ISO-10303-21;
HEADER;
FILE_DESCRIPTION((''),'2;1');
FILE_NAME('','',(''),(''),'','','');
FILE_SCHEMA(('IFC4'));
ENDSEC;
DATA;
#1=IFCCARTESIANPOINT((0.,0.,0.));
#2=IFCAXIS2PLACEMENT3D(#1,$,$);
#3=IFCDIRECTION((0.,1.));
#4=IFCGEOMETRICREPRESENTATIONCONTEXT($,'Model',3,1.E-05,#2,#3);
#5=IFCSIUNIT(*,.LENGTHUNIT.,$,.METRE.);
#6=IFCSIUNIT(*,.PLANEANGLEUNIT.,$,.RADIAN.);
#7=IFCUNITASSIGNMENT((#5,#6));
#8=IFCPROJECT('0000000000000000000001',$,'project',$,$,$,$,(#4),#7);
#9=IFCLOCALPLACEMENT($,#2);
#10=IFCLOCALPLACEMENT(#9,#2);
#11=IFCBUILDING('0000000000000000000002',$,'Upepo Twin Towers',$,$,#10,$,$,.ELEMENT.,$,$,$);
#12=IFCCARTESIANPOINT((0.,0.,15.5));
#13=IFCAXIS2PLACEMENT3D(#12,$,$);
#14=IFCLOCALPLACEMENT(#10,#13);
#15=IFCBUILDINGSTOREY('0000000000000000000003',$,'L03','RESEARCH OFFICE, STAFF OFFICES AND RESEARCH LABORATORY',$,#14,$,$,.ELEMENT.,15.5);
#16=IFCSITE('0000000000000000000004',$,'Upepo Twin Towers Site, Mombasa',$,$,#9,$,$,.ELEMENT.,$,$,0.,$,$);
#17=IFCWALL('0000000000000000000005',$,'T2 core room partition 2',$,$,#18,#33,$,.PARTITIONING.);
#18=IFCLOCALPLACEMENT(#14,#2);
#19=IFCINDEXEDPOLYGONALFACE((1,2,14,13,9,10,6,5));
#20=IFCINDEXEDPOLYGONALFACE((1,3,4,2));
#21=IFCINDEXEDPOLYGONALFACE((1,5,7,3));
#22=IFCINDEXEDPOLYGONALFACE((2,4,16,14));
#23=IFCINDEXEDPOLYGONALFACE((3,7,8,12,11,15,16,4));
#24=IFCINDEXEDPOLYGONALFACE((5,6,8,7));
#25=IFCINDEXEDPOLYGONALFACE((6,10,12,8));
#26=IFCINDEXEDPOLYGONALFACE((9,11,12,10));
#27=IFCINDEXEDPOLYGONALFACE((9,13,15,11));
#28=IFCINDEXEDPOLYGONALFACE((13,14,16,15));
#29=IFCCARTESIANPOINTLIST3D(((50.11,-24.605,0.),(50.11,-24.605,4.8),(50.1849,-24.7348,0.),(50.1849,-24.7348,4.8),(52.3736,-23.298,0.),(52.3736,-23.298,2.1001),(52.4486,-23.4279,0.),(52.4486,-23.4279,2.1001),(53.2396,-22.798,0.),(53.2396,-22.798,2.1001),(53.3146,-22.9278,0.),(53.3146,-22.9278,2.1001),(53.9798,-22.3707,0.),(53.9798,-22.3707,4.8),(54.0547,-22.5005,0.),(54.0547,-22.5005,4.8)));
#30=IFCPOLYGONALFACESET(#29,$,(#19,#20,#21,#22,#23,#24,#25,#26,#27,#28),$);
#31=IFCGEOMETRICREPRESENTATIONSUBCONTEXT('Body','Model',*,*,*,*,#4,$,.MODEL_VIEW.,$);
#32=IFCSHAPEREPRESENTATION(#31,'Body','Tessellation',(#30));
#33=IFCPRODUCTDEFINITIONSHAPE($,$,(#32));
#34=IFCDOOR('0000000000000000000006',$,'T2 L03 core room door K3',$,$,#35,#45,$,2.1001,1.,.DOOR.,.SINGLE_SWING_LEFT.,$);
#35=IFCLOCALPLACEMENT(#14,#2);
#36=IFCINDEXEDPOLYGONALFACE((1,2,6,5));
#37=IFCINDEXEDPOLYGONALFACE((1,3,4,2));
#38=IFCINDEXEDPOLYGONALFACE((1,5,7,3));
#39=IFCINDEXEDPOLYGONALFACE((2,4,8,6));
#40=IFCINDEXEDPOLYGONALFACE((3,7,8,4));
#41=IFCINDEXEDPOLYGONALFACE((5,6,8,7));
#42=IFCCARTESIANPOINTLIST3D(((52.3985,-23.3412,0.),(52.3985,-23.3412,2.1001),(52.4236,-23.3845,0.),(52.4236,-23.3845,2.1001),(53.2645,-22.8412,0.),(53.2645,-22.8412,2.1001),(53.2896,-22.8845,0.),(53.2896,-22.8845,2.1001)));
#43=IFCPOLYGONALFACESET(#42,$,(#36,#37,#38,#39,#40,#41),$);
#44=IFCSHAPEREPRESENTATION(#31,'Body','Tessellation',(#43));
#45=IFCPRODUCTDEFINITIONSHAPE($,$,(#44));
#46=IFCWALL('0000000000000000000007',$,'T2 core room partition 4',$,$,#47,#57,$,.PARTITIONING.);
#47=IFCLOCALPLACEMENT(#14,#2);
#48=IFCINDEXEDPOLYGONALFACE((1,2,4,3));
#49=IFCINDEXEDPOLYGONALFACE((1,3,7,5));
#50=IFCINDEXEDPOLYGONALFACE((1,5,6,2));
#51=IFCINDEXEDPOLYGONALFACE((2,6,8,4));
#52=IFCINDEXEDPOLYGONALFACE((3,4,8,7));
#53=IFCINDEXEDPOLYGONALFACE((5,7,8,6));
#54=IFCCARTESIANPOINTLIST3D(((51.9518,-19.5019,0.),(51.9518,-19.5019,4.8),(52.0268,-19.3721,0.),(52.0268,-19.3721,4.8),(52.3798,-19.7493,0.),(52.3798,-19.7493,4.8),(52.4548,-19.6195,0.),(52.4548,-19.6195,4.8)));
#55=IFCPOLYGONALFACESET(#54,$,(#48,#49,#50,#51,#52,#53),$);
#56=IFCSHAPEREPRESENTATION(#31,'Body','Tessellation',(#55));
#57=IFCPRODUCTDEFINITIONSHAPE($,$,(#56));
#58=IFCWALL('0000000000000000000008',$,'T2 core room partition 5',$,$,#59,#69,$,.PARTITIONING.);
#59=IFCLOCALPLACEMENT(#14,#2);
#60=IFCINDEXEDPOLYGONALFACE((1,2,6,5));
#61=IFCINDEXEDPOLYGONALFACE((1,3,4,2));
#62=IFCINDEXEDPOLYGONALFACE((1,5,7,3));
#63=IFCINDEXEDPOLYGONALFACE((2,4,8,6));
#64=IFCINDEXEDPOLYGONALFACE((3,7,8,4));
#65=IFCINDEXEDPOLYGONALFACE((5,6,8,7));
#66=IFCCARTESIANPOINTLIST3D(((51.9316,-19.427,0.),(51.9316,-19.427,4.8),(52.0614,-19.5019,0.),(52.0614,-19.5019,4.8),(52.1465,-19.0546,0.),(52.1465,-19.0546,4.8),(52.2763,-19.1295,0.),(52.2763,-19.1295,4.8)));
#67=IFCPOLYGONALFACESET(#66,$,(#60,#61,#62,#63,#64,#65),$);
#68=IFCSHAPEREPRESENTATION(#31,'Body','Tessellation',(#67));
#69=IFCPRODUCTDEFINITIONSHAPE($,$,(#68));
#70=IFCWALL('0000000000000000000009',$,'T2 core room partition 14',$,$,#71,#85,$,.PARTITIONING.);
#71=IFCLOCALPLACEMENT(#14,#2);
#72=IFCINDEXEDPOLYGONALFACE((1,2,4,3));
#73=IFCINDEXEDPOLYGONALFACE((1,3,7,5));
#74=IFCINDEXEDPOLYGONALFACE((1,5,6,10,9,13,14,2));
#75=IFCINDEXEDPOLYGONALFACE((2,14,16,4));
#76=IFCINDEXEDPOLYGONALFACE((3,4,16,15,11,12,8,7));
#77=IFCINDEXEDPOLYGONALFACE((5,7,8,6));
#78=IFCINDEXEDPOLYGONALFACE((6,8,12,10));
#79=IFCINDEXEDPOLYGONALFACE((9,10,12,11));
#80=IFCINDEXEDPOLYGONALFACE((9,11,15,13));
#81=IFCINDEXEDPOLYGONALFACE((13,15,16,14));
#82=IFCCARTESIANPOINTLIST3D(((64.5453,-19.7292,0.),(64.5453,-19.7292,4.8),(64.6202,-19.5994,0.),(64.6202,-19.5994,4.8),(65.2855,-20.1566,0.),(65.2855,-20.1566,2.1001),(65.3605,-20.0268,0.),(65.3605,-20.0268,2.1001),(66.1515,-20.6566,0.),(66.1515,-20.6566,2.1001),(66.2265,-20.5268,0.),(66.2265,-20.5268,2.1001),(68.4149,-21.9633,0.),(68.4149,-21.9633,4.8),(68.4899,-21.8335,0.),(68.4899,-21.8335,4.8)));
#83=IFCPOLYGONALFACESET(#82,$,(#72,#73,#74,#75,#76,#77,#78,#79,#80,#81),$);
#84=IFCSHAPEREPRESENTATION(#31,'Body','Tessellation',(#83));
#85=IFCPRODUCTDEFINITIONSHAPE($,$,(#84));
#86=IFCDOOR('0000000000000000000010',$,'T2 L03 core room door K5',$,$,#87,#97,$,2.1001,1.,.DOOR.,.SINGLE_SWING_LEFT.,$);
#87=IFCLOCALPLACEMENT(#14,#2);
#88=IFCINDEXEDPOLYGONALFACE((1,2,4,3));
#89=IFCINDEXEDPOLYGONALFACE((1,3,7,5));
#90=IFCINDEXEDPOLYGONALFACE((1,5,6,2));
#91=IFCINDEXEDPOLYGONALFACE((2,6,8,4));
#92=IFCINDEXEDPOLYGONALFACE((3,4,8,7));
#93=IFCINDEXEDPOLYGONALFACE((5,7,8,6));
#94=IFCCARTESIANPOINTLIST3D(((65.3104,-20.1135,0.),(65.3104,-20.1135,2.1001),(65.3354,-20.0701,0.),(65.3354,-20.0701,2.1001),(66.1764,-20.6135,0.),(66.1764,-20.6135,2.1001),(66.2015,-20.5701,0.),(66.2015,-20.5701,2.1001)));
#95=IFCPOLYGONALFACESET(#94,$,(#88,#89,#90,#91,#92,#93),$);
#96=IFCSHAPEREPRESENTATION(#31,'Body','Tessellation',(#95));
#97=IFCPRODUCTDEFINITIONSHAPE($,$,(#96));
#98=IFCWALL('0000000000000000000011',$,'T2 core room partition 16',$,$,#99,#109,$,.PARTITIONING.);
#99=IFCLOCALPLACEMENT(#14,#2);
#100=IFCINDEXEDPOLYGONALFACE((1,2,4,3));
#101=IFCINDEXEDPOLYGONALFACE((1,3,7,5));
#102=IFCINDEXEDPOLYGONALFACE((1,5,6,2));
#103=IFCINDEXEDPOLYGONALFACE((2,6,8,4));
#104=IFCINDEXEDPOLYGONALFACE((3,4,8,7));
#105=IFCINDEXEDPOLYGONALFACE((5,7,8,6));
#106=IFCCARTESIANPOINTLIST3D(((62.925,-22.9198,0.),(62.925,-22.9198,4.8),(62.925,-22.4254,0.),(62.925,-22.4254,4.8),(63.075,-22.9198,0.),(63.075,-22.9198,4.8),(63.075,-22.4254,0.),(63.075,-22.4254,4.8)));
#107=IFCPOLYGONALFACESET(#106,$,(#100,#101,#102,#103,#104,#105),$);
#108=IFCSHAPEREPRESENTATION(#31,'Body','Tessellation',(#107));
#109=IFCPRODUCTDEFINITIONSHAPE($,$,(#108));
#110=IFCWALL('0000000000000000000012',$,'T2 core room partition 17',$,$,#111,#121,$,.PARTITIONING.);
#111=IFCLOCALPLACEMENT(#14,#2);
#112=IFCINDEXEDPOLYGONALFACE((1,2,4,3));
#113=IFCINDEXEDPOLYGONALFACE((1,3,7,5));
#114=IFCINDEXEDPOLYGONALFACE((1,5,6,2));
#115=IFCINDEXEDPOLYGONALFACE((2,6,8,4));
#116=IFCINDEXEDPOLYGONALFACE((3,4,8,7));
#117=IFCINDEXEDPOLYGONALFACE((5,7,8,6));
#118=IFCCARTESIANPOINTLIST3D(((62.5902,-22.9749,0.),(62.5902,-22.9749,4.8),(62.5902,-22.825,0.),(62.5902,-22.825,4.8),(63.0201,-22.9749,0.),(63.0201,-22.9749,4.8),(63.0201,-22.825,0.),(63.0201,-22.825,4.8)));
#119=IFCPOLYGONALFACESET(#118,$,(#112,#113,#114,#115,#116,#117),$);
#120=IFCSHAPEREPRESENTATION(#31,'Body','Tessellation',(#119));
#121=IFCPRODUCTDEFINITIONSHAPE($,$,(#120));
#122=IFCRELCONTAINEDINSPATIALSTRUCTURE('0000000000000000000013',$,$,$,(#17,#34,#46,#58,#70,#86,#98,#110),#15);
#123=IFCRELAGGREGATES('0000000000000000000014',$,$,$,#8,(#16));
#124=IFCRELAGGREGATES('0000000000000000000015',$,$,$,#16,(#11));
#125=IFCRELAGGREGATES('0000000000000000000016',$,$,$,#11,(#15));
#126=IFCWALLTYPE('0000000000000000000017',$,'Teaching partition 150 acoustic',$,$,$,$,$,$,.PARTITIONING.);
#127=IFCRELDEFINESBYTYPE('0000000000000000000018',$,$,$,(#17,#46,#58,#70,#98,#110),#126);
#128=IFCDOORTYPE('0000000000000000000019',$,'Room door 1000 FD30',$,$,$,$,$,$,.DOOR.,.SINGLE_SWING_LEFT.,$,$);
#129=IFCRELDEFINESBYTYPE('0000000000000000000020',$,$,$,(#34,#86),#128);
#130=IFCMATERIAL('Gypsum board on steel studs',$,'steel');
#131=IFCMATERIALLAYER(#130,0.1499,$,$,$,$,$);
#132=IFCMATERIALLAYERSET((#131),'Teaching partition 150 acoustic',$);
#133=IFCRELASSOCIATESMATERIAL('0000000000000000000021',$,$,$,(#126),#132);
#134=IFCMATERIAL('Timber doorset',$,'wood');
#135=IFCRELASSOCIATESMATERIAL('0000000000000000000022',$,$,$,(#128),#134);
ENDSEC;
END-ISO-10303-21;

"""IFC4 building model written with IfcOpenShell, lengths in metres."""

from ifc_helpers import new_model, si_unit, direction, frame, frame_2d, origin, place, context, subcontext, project, spatial, rectangle, extrude, material, layer, layer_set, type_object, element, fill, save


model = new_model("IFC4")

# Units and contexts
model_context = context("Model", 3, precision=1e-05, world=origin(), true_north=direction((0.0, 1.0)))
body_context = subcontext(model_context, "Body", "Model", "MODEL_VIEW")
ifc_project = project(units=[si_unit("LENGTHUNIT", "METRE"), si_unit("PLANEANGLEUNIT", "RADIAN")], contexts=[model_context])

# Site, building, storey
site_placement = place(None, origin())
site = spatial("IfcSite", under=ifc_project, at=site_placement, Name="Upepo Twin Towers Site, Mombasa", CompositionType="ELEMENT", RefElevation=0.0)
building_placement = place(site_placement, origin())
building = spatial("IfcBuilding", under=site, at=building_placement, Name="Upepo Twin Towers", CompositionType="ELEMENT")
storey_placement = place(building_placement, frame((0.0, 0.0, 15.5)))
storey = spatial("IfcBuildingStorey", under=building, at=storey_placement, Name="L03", Description="RESEARCH OFFICE, STAFF OFFICES AND RESEARCH LABORATORY", CompositionType="ELEMENT", Elevation=15.5)

# Wall, opening, door
ifc_material_1 = material(Name="Gypsum board on steel studs", Category="steel")
ifc_layer_1 = layer(ifc_material_1, 0.1499)
ifc_layer_set_1 = layer_set([ifc_layer_1], Name="Teaching partition 150 acoustic")
wall_type_1 = type_object("IfcWallType", Name="Teaching partition 150 acoustic", PredefinedType="PARTITIONING", material=ifc_layer_set_1)
wall_1_placement = place(storey_placement, frame((54.0173, -22.4355, 0.0), z_axis=(0.0, 0.0, 1.0), x_axis=(-0.866015, -0.500017, 0.0)))
wall_1 = element("IfcWall", 1, at=wall_1_placement, inside=storey, type_object=wall_type_1, Name="T2 core room partition 2", PredefinedType="PARTITIONING", context=body_context, shape_type="SweptSolid", body=[
    extrude(rectangle(XDim=4.4685, YDim=0.1499, at=frame_2d((2.2344, 0.0))), origin(), (0.0, 0.0, 1.0), 4.8),
])
opening_1_placement = place(wall_1_placement, frame((0.8547, 0.0, 0.0)))
opening_1 = element("IfcOpeningElement", 2, at=opening_1_placement, cuts=wall_1, PredefinedType="OPENING", context=body_context, shape_type="SweptSolid", body=[
    extrude(rectangle(XDim=1.0, YDim=2.1001, at=frame_2d((0.5, 1.05))), frame((0.0, 0.085, 0.0), z_axis=(0.0, -1.0, 0.0), x_axis=(1.0, 0.0, 0.0)), (0.0, 0.0, 1.0), 0.1699),
])
ifc_material_2 = material(Name="Timber doorset", Category="wood")
door_type_1 = type_object("IfcDoorType", Name="Room door 1000 FD30", OperationType="SINGLE_SWING_LEFT", PredefinedType="DOOR", material=ifc_material_2)
door_1_placement = place(opening_1_placement, origin())
door_1 = element("IfcDoor", 3, at=door_1_placement, inside=storey, type_object=door_type_1, Name="T2 L03 core room door K3", OperationType="SINGLE_SWING_LEFT", OverallHeight=2.1001, OverallWidth=1.0, PredefinedType="DOOR", context=body_context, shape_type="SweptSolid", body=[
    extrude(rectangle(XDim=1.0, YDim=2.1001, at=frame_2d((0.5, 1.05))), frame((0.0, 0.0249, 0.0), z_axis=(0.0, -1.0, 0.0), x_axis=(1.0, 0.0, 0.0)), (0.0, 0.0, 1.0), 0.05),
])
fill(opening_1, door_1)

# Walls
wall_2_placement = place(storey_placement, frame((52.4172, -19.6843, 0.0), z_axis=(0.0, 0.0, 1.0), x_axis=(-0.865832, 0.500335, 0.0)))
element("IfcWall", 4, at=wall_2_placement, inside=storey, type_object=wall_type_1, Name="T2 core room partition 4", PredefinedType="PARTITIONING", context=body_context, shape_type="SweptSolid", body=[
    extrude(rectangle(XDim=0.4944, YDim=0.1499, at=frame_2d((0.2471, 0.0))), origin(), (0.0, 0.0, 1.0), 4.8),
])
wall_3_placement = place(storey_placement, frame((51.9966, -19.4644, 0.0), z_axis=(0.0, 0.0, 1.0), x_axis=(0.499804, 0.866138, 0.0)))
element("IfcWall", 5, at=wall_3_placement, inside=storey, type_object=wall_type_1, Name="T2 core room partition 5", PredefinedType="PARTITIONING", context=body_context, shape_type="SweptSolid", body=[
    extrude(rectangle(XDim=0.4299, YDim=0.1499, at=frame_2d((0.2148, 0.0))), origin(), (0.0, 0.0, 1.0), 4.8),
])

# Wall, opening, door
wall_4_placement = place(storey_placement, frame((64.5828, -19.6643, 0.0), z_axis=(0.0, 0.0, 1.0), x_axis=(0.866025, -0.5, 0.0)))
wall_4 = element("IfcWall", 6, at=wall_4_placement, inside=storey, type_object=wall_type_1, Name="T2 core room partition 14", PredefinedType="PARTITIONING", context=body_context, shape_type="SweptSolid", body=[
    extrude(rectangle(XDim=4.4683, YDim=0.1499, at=frame_2d((2.2341, 0.0))), origin(), (0.0, 0.0, 1.0), 4.8),
])
opening_2_placement = place(wall_4_placement, frame((0.8547, 0.0, 0.0)))
opening_2 = element("IfcOpeningElement", 7, at=opening_2_placement, cuts=wall_4, PredefinedType="OPENING", context=body_context, shape_type="SweptSolid", body=[
    extrude(rectangle(XDim=1.0, YDim=2.1001, at=frame_2d((0.5, 1.05))), frame((0.0, 0.085, 0.0), z_axis=(0.0, -1.0, 0.0), x_axis=(1.0, 0.0, 0.0)), (0.0, 0.0, 1.0), 0.1699),
])
door_2_placement = place(opening_2_placement, origin())
door_2 = element("IfcDoor", 8, at=door_2_placement, inside=storey, type_object=door_type_1, Name="T2 L03 core room door K5", OperationType="SINGLE_SWING_LEFT", OverallHeight=2.1001, OverallWidth=1.0, PredefinedType="DOOR", context=body_context, shape_type="SweptSolid", body=[
    extrude(rectangle(XDim=1.0, YDim=2.1001, at=frame_2d((0.5, 1.05))), frame((0.0, 0.0249, 0.0), z_axis=(0.0, -1.0, 0.0), x_axis=(1.0, 0.0, 0.0)), (0.0, 0.0, 1.0), 0.05),
])
fill(opening_2, door_2)

# Walls
wall_5_placement = place(storey_placement, frame((63.0, -22.4255, 0.0), z_axis=(0.0, 0.0, 1.0), x_axis=(0.0, -1.0, 0.0)))
element("IfcWall", 9, at=wall_5_placement, inside=storey, type_object=wall_type_1, Name="T2 core room partition 16", PredefinedType="PARTITIONING", context=body_context, shape_type="SweptSolid", body=[
    extrude(rectangle(XDim=0.4944, YDim=0.1499, at=frame_2d((0.2471, 0.0))), origin(), (0.0, 0.0, 1.0), 4.8),
])
wall_6_placement = place(storey_placement, frame((63.02, -22.8999, 0.0), z_axis=(0.0, 0.0, 1.0), x_axis=(-1.0, 0.0, 0.0)))
element("IfcWall", 10, at=wall_6_placement, inside=storey, type_object=wall_type_1, Name="T2 core room partition 17", PredefinedType="PARTITIONING", context=body_context, shape_type="SweptSolid", body=[
    extrude(rectangle(XDim=0.4299, YDim=0.1499, at=frame_2d((0.2148, 0.0))), origin(), (0.0, 0.0, 1.0), 4.8),
])

save(model, "model.ifc")
